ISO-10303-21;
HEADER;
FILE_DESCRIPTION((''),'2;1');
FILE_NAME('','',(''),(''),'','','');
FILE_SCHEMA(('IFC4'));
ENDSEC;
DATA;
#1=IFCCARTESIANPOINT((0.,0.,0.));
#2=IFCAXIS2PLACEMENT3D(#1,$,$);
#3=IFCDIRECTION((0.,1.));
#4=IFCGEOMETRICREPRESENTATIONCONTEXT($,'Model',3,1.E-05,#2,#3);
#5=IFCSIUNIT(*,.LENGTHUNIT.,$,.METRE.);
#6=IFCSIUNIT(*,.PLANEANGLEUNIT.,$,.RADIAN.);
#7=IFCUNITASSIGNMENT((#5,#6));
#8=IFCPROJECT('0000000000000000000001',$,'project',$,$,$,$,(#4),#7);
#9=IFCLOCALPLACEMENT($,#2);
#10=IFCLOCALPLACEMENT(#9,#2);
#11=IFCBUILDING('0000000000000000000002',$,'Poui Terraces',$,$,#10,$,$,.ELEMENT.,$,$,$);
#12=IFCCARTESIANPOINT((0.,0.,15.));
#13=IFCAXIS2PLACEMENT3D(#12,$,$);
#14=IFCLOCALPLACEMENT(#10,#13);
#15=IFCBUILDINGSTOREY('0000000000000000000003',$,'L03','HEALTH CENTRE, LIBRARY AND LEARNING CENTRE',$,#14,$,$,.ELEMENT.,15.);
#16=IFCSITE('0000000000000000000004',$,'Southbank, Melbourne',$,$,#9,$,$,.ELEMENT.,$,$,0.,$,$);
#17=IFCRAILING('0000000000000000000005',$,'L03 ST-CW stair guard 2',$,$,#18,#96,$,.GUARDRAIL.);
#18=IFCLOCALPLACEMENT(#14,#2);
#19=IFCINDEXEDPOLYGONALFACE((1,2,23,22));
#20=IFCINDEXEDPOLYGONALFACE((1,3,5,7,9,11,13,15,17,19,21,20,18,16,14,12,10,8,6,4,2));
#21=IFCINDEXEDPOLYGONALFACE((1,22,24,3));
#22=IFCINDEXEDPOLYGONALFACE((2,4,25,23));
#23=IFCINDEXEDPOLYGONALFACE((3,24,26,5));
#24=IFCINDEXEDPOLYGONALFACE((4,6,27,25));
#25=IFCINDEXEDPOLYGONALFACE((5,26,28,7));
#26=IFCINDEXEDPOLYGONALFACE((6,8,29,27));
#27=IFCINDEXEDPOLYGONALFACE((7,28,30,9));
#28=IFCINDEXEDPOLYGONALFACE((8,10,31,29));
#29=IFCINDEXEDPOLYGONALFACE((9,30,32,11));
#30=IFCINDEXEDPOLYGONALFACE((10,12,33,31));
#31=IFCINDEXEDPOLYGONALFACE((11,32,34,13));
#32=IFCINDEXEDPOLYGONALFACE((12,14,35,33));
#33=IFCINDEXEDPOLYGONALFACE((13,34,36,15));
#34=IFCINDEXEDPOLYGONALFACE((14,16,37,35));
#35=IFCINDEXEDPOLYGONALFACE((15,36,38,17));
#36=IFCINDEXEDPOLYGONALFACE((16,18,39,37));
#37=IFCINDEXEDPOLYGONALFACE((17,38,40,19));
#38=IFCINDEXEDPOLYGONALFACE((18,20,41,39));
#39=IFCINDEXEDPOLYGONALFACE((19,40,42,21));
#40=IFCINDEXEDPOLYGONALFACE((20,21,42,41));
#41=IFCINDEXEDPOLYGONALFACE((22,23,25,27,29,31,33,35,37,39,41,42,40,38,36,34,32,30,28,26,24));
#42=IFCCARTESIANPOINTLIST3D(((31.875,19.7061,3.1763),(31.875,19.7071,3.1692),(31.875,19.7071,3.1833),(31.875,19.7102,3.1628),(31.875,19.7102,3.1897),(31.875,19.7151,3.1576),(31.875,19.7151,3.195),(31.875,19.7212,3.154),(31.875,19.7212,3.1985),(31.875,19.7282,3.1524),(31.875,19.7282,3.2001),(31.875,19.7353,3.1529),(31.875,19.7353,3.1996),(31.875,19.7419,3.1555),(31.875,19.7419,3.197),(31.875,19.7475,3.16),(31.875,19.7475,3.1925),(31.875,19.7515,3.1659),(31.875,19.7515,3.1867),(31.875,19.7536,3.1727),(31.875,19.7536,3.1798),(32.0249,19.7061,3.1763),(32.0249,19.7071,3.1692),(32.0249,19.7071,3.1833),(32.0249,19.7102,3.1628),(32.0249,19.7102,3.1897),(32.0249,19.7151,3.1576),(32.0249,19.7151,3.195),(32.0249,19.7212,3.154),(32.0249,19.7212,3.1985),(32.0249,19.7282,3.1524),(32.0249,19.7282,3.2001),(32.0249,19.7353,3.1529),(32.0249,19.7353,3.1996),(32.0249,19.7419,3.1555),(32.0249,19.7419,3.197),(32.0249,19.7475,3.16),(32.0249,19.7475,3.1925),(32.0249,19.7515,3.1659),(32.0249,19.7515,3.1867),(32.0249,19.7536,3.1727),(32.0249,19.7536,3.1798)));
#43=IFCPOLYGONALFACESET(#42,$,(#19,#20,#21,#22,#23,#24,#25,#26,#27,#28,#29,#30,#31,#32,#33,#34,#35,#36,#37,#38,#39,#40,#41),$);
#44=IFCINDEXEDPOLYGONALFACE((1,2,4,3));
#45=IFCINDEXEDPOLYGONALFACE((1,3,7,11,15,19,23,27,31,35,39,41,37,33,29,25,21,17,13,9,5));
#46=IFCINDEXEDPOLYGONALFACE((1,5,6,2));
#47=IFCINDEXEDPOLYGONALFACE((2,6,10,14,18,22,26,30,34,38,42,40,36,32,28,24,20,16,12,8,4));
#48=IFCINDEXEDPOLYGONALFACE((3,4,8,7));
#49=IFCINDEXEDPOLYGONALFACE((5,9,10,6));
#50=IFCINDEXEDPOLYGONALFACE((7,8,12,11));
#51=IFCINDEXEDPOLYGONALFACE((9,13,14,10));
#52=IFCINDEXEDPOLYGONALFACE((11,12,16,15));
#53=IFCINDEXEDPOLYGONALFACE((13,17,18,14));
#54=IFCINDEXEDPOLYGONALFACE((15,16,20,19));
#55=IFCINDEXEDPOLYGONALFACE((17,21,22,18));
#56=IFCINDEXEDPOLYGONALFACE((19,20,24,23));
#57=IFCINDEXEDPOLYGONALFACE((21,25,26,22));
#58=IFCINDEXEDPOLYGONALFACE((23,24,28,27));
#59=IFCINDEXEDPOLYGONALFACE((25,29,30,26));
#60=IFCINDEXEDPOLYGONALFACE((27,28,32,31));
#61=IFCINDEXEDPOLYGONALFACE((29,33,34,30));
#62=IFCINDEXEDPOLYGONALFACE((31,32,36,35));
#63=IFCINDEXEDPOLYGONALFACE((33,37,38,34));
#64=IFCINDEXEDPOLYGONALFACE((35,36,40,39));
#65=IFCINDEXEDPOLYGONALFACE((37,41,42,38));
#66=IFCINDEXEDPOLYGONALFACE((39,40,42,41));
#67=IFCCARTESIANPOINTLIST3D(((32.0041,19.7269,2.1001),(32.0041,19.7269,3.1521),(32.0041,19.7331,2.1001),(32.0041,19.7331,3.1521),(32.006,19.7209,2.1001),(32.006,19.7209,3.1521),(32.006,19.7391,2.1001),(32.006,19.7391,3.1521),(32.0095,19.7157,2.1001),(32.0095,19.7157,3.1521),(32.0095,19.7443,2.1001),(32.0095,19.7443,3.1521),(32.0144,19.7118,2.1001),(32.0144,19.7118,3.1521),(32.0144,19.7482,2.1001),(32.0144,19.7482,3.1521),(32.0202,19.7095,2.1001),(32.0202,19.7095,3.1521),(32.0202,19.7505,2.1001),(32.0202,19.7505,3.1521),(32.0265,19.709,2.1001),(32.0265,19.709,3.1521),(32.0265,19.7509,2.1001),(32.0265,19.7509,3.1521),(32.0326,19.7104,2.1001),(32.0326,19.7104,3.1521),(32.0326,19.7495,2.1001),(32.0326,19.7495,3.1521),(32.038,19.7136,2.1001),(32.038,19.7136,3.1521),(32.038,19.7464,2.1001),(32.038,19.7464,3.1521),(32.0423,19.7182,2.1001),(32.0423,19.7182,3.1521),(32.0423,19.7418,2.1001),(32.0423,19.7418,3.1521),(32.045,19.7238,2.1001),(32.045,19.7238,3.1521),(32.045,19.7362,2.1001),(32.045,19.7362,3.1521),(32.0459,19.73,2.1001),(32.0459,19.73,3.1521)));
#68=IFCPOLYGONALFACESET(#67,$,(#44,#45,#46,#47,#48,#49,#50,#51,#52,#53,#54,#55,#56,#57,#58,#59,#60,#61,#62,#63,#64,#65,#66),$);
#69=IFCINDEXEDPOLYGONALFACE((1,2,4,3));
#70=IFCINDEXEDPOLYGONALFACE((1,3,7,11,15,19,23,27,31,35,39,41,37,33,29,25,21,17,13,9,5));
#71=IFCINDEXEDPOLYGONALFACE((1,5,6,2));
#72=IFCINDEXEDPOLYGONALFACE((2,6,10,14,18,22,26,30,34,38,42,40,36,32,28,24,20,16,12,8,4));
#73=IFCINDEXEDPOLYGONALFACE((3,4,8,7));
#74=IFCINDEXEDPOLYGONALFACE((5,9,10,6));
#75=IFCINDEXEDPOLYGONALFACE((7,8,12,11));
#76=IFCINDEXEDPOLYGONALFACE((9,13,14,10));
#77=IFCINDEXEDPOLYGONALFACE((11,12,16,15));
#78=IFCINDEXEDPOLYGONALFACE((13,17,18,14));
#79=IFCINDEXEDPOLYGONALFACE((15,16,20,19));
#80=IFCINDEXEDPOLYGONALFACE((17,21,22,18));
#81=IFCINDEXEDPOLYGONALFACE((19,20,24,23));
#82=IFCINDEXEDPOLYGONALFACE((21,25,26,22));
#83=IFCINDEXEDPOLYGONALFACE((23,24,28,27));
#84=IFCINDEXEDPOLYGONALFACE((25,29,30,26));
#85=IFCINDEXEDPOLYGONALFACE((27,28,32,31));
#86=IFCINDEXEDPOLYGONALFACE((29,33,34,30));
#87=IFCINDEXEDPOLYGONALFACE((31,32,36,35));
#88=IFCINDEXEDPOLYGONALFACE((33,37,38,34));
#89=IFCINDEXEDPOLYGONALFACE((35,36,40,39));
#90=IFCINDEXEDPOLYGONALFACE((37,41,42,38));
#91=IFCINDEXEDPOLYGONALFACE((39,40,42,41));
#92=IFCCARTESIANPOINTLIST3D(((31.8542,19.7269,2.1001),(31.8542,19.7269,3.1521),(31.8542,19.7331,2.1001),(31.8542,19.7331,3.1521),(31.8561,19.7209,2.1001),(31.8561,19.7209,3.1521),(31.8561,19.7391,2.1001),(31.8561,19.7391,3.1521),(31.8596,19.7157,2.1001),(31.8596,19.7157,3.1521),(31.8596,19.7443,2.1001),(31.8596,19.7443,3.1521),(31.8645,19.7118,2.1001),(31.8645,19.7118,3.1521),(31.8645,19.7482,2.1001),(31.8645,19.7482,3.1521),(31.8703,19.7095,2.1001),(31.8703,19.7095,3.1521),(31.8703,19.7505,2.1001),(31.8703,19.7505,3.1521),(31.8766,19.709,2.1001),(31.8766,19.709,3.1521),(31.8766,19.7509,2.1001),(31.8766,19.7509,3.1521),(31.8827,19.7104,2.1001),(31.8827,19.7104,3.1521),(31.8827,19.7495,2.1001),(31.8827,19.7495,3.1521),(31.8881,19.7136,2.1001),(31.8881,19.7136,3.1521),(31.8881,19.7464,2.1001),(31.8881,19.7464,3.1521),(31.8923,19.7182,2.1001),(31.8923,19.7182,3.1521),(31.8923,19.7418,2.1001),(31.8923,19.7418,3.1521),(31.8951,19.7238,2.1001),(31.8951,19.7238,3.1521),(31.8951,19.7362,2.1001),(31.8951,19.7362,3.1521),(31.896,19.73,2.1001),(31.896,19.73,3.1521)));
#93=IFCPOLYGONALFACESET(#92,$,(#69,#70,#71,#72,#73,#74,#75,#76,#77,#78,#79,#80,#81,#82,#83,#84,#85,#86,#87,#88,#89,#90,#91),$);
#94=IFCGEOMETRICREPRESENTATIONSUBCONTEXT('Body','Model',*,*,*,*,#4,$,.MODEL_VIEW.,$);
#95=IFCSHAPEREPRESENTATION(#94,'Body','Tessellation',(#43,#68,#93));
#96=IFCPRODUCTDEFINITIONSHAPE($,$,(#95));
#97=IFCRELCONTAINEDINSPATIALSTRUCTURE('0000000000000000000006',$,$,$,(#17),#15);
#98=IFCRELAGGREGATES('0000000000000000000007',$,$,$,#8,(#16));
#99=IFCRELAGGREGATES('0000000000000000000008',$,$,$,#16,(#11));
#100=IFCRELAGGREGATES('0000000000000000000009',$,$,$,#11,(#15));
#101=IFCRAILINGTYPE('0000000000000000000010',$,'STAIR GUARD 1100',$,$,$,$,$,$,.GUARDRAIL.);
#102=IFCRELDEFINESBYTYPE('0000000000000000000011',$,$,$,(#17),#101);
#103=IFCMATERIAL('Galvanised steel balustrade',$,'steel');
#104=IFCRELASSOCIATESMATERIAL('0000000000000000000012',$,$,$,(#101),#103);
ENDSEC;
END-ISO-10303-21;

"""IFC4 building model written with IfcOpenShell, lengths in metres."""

from ifc_helpers import new_model, si_unit, direction, frame, origin, origin_2d, place, context, subcontext, project, spatial, circle, extrude, material, type_object, element, save


model = new_model("IFC4")

# Units and contexts
model_context = context("Model", 3, precision=1e-05, world=origin(), true_north=direction((0.0, 1.0)))
body_context = subcontext(model_context, "Body", "Model", "MODEL_VIEW")
ifc_project = project(units=[si_unit("LENGTHUNIT", "METRE"), si_unit("PLANEANGLEUNIT", "RADIAN")], contexts=[model_context])

# Site, building, storey
site_placement = place(None, origin())
site = spatial("IfcSite", under=ifc_project, at=site_placement, Name="Southbank, Melbourne", CompositionType="ELEMENT", RefElevation=0.0)
building_placement = place(site_placement, origin())
building = spatial("IfcBuilding", under=site, at=building_placement, Name="Poui Terraces", CompositionType="ELEMENT")
storey_placement = place(building_placement, frame((0.0, 0.0, 15.0)))
storey = spatial("IfcBuildingStorey", under=building, at=storey_placement, Name="L03", Description="HEALTH CENTRE, LIBRARY AND LEARNING CENTRE", CompositionType="ELEMENT", Elevation=15.0)

# Railing
ifc_material_1 = material(Name="Galvanised steel balustrade", Category="steel")
railing_type_1 = type_object("IfcRailingType", Name="STAIR GUARD 1100", PredefinedType="GUARDRAIL", material=ifc_material_1)
railing_1_placement = place(storey_placement, frame((32.0249, 19.73, 2.1001)))
element("IfcRailing", 1, at=railing_1_placement, inside=storey, type_object=railing_type_1, Name="L03 ST-CW stair guard 2", PredefinedType="GUARDRAIL", context=body_context, shape_type="SweptSolid", body=[
    extrude(circle(Radius=0.0239, at=origin_2d()), frame((0.0, 0.0, 1.0762), z_axis=(-1.0, 0.0, 0.0), x_axis=(0.0, -1.0, 0.0)), (0.0, 0.0, 1.0), 0.1499),
    extrude(circle(Radius=0.021, at=origin_2d()), origin(), (0.0, 0.0, 1.0), 1.052),
    extrude(circle(Radius=0.021, at=origin_2d()), frame((-0.1499, 0.0, 0.0)), (0.0, 0.0, 1.0), 1.052),
])

save(model, "model.ifc")
